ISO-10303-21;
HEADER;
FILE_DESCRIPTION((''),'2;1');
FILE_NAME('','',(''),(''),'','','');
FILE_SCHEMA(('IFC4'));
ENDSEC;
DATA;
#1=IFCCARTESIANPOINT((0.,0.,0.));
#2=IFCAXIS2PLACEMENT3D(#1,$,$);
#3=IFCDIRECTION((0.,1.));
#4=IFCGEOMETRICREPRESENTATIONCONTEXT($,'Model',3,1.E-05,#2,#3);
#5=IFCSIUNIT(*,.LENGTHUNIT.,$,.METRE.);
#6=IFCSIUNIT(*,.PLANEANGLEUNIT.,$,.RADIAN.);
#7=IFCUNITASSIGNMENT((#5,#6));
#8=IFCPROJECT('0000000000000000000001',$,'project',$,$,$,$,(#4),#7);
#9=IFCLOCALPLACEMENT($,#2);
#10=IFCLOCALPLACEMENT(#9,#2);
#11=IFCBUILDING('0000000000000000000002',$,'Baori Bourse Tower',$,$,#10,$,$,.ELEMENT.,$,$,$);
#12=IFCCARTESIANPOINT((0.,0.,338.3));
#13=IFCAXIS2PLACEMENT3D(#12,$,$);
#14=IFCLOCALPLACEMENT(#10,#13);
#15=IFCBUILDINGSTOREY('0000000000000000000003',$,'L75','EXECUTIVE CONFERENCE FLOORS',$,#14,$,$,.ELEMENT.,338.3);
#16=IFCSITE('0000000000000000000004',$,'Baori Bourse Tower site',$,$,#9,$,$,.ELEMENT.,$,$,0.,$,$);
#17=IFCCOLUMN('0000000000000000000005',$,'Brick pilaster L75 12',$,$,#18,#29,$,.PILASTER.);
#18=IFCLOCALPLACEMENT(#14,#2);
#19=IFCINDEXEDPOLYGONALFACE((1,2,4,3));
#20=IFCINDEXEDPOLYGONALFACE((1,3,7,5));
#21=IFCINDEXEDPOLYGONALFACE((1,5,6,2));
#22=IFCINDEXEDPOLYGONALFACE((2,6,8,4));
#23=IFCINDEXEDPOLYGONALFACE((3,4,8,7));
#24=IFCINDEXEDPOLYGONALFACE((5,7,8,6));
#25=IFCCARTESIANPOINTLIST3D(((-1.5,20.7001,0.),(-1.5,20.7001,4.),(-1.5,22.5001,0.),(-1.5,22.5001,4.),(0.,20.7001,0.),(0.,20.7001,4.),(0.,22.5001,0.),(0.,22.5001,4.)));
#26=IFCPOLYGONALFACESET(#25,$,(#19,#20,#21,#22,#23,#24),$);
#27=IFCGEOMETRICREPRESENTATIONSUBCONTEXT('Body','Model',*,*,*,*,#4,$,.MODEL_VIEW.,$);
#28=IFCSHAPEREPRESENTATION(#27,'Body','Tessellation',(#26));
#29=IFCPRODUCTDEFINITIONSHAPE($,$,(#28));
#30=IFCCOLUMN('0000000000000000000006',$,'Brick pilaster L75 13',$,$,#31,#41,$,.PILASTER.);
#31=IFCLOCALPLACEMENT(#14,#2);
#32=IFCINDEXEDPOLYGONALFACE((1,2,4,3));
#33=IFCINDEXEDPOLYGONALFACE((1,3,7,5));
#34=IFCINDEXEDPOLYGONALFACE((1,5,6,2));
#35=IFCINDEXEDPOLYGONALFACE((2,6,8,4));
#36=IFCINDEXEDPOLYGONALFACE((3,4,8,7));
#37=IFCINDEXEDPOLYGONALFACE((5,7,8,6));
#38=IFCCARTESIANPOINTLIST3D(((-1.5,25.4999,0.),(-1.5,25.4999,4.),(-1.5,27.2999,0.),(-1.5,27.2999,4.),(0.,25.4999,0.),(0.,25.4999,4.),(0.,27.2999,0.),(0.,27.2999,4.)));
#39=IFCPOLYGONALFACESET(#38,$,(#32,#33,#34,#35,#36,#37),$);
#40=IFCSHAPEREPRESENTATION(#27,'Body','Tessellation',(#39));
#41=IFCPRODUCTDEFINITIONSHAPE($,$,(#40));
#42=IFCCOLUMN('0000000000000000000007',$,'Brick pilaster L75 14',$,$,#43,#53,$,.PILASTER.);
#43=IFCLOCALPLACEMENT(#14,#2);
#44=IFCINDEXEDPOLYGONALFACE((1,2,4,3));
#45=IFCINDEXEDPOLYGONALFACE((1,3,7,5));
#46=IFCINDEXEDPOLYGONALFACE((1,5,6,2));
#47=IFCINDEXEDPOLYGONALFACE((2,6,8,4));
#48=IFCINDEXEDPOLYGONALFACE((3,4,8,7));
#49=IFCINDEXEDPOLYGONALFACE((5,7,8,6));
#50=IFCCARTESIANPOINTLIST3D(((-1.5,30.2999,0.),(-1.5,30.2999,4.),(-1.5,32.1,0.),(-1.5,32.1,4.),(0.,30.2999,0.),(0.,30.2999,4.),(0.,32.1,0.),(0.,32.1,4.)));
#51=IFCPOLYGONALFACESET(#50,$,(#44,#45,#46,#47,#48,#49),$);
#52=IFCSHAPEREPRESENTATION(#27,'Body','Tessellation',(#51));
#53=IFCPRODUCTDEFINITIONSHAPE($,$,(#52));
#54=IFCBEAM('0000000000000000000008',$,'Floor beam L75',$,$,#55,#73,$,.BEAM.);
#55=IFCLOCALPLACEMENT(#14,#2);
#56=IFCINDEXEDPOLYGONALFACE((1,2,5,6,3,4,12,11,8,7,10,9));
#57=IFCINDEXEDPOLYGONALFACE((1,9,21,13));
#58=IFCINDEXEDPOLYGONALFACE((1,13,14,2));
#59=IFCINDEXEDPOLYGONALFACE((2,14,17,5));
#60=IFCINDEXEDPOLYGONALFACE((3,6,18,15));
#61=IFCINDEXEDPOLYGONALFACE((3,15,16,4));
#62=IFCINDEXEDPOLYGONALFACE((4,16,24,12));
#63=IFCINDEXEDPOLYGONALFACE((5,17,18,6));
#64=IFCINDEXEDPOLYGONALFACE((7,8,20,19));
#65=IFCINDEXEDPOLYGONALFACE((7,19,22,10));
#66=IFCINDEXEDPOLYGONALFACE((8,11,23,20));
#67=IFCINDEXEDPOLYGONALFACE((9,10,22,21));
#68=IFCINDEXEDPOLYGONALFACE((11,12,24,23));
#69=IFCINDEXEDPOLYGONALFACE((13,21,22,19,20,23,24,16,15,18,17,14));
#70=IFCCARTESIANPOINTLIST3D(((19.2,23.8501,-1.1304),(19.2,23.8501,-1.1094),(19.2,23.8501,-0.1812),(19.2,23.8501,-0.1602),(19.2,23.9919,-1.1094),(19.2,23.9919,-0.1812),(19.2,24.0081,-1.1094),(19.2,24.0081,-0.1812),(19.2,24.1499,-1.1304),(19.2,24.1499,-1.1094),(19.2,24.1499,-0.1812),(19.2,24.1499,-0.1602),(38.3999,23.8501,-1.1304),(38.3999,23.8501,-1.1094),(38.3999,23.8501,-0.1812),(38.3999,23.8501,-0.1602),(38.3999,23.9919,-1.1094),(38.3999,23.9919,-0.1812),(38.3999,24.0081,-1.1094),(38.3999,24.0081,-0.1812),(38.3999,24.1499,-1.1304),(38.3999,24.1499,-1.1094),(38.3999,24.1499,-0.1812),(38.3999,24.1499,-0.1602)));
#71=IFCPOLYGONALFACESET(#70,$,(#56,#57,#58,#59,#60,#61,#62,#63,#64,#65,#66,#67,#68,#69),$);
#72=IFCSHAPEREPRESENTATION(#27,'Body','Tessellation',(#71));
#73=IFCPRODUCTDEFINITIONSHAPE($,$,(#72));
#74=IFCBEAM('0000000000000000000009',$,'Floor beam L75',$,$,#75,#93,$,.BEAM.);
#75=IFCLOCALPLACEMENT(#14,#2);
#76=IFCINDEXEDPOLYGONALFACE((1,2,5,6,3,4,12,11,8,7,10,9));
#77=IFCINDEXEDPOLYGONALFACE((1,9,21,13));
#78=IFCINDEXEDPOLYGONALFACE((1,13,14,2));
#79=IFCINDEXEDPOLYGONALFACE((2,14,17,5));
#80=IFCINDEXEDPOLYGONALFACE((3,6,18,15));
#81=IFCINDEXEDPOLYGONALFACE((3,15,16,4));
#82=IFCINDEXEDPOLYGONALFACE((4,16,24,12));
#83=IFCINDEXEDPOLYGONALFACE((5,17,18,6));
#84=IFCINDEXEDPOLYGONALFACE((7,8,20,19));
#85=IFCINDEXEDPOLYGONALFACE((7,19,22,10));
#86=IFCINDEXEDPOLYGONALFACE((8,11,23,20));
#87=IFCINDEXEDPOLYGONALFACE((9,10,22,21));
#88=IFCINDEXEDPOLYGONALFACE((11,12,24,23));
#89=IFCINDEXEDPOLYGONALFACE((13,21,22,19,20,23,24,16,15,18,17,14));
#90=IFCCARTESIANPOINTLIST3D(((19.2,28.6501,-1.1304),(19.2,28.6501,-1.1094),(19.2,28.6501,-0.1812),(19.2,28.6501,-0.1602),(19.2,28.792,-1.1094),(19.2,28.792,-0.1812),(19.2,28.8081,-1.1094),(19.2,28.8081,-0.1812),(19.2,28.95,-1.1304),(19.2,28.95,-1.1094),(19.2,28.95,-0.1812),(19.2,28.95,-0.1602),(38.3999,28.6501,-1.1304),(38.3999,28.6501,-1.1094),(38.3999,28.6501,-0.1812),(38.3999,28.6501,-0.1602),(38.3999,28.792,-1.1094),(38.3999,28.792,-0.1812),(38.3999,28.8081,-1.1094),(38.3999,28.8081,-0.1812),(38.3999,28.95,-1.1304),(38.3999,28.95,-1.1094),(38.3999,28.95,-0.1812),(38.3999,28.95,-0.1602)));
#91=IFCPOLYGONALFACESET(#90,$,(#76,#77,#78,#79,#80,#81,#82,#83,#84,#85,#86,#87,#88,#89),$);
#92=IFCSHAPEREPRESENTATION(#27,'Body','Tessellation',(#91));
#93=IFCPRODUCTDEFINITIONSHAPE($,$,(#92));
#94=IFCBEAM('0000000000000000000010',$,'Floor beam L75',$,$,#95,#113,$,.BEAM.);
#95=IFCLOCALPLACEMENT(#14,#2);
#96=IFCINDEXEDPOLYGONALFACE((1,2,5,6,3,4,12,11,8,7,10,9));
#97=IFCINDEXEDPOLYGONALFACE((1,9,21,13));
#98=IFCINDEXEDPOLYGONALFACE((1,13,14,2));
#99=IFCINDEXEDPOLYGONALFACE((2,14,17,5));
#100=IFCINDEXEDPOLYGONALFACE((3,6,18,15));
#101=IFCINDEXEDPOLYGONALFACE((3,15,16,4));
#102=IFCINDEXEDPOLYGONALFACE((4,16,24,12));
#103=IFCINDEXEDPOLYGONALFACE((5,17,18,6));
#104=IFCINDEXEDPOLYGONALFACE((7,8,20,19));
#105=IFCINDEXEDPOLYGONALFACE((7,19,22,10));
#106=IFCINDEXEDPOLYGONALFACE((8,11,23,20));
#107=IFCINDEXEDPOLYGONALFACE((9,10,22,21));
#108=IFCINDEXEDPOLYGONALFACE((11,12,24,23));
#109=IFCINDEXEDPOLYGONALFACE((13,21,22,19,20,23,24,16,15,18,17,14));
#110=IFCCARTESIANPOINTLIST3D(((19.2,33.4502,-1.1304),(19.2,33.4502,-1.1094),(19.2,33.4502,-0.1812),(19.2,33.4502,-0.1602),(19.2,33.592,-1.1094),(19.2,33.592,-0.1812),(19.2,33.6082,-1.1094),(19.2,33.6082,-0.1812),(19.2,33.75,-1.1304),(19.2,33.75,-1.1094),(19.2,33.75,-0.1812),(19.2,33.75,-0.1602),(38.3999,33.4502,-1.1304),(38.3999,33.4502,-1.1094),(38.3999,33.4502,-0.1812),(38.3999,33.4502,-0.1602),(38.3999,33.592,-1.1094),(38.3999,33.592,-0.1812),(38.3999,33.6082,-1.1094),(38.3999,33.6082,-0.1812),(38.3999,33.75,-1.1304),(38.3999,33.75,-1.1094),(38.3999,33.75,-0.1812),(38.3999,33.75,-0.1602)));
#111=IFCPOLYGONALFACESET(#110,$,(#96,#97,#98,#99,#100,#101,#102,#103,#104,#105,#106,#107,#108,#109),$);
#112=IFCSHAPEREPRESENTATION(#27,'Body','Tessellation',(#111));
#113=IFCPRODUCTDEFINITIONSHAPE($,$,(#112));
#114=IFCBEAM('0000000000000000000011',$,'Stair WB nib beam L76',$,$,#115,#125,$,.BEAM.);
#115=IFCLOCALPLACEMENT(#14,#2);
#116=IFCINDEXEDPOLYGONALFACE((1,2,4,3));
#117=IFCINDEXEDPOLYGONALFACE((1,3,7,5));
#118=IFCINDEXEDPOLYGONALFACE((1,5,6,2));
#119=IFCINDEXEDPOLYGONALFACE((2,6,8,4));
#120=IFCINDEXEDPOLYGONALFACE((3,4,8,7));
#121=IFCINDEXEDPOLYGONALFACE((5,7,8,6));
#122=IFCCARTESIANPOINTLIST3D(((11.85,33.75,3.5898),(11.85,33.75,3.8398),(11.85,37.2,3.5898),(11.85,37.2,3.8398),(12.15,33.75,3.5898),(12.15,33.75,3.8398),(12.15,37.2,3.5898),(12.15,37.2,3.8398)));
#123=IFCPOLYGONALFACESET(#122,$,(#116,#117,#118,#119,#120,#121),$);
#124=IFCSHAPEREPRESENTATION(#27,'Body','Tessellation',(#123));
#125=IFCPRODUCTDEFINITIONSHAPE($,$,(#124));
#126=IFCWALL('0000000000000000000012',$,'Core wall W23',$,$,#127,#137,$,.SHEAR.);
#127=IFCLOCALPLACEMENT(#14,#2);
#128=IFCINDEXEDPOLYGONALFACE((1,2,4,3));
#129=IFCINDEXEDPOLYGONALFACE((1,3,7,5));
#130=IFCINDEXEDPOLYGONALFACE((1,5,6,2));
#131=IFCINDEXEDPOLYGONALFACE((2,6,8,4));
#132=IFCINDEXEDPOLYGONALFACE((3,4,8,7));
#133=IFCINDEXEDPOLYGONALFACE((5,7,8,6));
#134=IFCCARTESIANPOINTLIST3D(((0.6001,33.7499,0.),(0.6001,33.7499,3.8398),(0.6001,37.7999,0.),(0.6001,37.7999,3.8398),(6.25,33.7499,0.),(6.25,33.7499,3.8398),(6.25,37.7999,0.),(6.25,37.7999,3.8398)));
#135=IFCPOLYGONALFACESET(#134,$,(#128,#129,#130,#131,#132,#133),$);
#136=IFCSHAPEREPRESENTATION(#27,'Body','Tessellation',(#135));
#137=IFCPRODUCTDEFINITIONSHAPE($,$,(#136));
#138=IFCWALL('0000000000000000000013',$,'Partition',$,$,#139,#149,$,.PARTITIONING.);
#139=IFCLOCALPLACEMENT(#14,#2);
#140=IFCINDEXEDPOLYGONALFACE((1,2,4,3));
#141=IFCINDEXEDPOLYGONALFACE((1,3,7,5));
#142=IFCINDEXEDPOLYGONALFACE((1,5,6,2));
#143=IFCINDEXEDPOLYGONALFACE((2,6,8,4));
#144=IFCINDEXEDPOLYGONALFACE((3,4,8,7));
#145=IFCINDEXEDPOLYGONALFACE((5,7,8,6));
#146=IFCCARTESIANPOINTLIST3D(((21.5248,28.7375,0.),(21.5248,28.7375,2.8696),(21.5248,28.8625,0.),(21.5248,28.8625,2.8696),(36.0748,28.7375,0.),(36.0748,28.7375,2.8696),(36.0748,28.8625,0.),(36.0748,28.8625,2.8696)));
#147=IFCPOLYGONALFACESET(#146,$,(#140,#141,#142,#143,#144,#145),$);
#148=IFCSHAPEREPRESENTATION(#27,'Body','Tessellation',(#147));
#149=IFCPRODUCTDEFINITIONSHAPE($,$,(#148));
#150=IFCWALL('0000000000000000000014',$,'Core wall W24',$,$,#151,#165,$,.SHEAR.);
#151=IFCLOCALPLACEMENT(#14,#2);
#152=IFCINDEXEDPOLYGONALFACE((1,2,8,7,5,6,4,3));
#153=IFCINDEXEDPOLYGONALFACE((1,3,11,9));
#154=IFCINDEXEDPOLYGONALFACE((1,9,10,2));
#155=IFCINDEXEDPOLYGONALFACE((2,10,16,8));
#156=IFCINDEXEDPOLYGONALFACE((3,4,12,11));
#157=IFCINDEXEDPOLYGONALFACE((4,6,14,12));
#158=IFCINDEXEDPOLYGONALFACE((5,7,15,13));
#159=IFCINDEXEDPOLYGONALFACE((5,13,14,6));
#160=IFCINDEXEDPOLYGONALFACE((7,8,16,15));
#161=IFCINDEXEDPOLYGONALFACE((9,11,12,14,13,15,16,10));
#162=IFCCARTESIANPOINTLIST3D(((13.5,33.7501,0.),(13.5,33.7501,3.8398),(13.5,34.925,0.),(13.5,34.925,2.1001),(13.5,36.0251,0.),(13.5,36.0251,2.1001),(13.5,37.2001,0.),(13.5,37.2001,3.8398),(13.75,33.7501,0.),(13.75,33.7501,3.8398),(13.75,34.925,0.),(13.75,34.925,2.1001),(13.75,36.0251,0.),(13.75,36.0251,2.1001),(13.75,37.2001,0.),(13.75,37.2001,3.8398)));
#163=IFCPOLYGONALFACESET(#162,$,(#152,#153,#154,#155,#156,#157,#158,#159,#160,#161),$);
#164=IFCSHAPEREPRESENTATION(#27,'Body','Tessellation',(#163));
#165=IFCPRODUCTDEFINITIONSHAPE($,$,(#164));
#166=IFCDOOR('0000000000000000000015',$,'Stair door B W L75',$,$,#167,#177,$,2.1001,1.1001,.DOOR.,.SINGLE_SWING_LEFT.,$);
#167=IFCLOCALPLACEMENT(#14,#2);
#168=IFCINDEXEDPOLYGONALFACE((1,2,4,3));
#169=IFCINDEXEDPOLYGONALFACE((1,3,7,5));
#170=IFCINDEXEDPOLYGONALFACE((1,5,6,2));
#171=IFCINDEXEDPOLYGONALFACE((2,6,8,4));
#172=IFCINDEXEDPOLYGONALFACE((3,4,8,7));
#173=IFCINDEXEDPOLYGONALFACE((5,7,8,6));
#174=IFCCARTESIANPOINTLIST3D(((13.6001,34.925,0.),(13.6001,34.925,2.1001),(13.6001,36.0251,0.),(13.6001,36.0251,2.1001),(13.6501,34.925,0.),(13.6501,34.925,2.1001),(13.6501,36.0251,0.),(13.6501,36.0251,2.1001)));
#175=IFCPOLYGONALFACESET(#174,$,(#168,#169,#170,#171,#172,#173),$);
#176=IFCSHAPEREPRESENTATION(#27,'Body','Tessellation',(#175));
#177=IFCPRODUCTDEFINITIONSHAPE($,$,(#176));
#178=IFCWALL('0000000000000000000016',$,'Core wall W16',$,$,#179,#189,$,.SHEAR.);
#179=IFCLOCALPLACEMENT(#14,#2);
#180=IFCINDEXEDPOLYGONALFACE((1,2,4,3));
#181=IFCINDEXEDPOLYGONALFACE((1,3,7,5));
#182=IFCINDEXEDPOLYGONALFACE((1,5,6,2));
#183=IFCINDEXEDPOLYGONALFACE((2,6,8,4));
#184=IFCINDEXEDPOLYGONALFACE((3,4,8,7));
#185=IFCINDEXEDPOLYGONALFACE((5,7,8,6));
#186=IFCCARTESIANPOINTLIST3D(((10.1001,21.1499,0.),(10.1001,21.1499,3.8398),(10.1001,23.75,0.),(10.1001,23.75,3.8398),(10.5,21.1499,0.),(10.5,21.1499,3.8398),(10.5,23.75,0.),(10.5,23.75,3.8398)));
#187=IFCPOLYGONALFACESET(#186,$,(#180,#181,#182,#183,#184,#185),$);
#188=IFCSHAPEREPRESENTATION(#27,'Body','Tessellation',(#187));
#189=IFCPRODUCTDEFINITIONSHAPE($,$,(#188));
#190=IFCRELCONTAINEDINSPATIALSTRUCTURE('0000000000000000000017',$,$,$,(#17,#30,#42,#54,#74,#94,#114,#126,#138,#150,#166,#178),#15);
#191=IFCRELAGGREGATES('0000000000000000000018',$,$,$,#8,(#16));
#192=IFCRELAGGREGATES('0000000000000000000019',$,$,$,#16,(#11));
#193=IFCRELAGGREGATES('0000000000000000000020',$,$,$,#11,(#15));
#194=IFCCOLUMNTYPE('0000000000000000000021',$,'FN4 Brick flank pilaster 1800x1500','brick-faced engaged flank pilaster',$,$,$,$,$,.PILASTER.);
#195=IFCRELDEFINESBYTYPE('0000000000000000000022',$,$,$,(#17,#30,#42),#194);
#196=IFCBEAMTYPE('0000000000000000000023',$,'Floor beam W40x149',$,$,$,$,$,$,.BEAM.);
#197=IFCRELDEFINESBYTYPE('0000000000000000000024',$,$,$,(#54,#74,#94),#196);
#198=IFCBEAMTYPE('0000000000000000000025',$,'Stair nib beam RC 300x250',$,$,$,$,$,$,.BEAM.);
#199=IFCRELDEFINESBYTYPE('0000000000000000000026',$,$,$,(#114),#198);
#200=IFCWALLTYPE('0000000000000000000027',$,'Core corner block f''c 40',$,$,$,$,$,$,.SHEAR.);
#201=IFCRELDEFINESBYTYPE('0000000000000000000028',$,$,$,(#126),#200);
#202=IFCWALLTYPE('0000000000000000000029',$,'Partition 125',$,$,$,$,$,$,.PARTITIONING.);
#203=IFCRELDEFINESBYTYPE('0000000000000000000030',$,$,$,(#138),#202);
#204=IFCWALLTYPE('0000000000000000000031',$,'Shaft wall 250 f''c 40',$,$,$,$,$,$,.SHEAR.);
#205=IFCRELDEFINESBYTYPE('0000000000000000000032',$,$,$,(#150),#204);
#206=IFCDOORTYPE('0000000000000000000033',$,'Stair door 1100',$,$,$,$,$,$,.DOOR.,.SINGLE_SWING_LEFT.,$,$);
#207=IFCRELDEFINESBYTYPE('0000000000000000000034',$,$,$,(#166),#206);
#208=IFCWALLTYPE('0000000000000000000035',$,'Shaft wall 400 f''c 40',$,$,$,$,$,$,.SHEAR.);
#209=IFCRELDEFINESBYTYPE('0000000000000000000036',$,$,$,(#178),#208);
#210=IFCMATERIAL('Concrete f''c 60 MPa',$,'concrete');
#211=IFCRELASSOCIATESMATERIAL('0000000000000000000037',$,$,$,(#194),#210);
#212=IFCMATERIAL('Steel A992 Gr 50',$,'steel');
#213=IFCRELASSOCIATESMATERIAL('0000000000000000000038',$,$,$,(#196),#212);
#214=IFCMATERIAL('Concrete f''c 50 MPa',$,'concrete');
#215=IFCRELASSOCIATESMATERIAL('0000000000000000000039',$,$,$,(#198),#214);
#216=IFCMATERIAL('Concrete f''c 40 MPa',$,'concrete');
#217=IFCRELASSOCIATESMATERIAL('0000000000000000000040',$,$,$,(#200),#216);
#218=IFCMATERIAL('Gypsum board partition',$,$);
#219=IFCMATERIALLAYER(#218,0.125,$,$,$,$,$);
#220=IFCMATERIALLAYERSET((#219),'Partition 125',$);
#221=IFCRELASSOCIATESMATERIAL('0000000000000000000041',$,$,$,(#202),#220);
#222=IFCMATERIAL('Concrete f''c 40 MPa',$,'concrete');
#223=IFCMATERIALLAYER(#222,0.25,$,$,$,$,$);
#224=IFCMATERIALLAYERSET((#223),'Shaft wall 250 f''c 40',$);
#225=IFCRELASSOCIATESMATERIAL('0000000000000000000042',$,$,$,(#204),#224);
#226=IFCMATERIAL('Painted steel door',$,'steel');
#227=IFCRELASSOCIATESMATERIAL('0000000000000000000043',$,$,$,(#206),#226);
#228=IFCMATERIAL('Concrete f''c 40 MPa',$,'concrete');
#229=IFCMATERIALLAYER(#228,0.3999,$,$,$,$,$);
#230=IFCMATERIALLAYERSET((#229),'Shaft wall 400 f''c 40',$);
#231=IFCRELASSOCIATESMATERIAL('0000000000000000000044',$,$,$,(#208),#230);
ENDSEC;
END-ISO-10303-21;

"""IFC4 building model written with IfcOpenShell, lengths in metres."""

from ifc_helpers import new_model, si_unit, direction, frame, frame_2d, origin, origin_2d, place, context, subcontext, project, spatial, rectangle, i_section, extrude, material, layer, layer_set, material_profile, profile_set, type_object, element, fill, save


model = new_model("IFC4")

# Units and contexts
model_context = context("Model", 3, precision=1e-05, world=origin(), true_north=direction((0.0, 1.0)))
body_context = subcontext(model_context, "Body", "Model", "MODEL_VIEW")
ifc_project = project(units=[si_unit("LENGTHUNIT", "METRE"), si_unit("PLANEANGLEUNIT", "RADIAN")], contexts=[model_context])

# Site, building, storey
site_placement = place(None, origin())
site = spatial("IfcSite", under=ifc_project, at=site_placement, Name="Baori Bourse Tower site", CompositionType="ELEMENT", RefElevation=0.0)
building_placement = place(site_placement, origin())
building = spatial("IfcBuilding", under=site, at=building_placement, Name="Baori Bourse Tower", CompositionType="ELEMENT")
storey_placement = place(building_placement, frame((0.0, 0.0, 338.3)))
storey = spatial("IfcBuildingStorey", under=building, at=storey_placement, Name="L75", Description="EXECUTIVE CONFERENCE FLOORS", CompositionType="ELEMENT", Elevation=338.3)

# Columns
ifc_material_1 = material(Name="Concrete f'c 60 MPa", Category="concrete")
ifc_material_profile_1 = material_profile(ifc_material_1, rectangle(XDim=1.8, YDim=1.5, at=origin_2d()), Name="RC 1800x1500")
ifc_profile_set_1 = profile_set([ifc_material_profile_1], Name="Concrete f'c 60 MPa")
column_type = type_object("IfcColumnType", Name="FN4 Brick flank pilaster 1800x1500", Description="brick-faced engaged flank pilaster", PredefinedType="PILASTER", material=ifc_profile_set_1)
for number, where, z_axis, x_axis, name in (
    (1, (-0.75, 21.6001, 0.0), (0.0, 0.0, 1.0), (0.0, 1.0, 0.0), "Brick pilaster L75 12"),
    (2, (-0.75, 26.3999, 0.0), (0.0, 0.0, 1.0), (0.0, 1.0, 0.0), "Brick pilaster L75 13"),
    (3, (-0.75, 31.2, 0.0), (0.0, 0.0, 1.0), (0.0, 1.0, 0.0), "Brick pilaster L75 14"),
):
    element("IfcColumn", number, at=place(storey_placement, frame(where, z_axis=z_axis, x_axis=x_axis)), inside=storey, type_object=column_type, Name=name, PredefinedType="PILASTER", context=body_context, shape_type="SweptSolid", body=[
        extrude(rectangle(XDim=1.8, YDim=1.5, at=origin_2d()), origin(), (0.0, 0.0, 1.0), 4.0),
    ])

# Beams
ifc_material_2 = material(Name="Steel A992 Gr 50", Category="steel")
ifc_material_profile_2 = material_profile(ifc_material_2, i_section(OverallWidth=0.2998, OverallDepth=0.9702, WebThickness=0.0161, FlangeThickness=0.021, at=origin_2d()), Name="W40x149")
ifc_profile_set_2 = profile_set([ifc_material_profile_2], Name="Steel A992 Gr 50")
beam_type_1 = type_object("IfcBeamType", Name="Floor beam W40x149", PredefinedType="BEAM", material=ifc_profile_set_2)
for number, where, z_axis, x_axis, name in (
    (4, (19.2, 24.0, -0.6453), (1.0, 0.0, 0.0), (0.0, 1.0, 0.0), "Floor beam L75"),
    (5, (19.2, 28.8, -0.6453), (1.0, 0.0, 0.0), (0.0, 1.0, 0.0), "Floor beam L75"),
    (6, (19.2, 33.6001, -0.6453), (1.0, 0.0, 0.0), (0.0, 1.0, 0.0), "Floor beam L75"),
):
    element("IfcBeam", number, at=place(storey_placement, frame(where, z_axis=z_axis, x_axis=x_axis)), inside=storey, type_object=beam_type_1, Name=name, PredefinedType="BEAM", context=body_context, shape_type="SweptSolid", body=[
        extrude(i_section(OverallWidth=0.2998, OverallDepth=0.9702, WebThickness=0.0161, FlangeThickness=0.021, at=origin_2d()), origin(), (0.0, 0.0, 1.0), 19.2),
    ])
ifc_material_3 = material(Name="Concrete f'c 50 MPa", Category="concrete")
ifc_material_profile_3 = material_profile(ifc_material_3, rectangle(XDim=0.3, YDim=0.25, at=origin_2d()), Name="RC 300x250")
ifc_profile_set_3 = profile_set([ifc_material_profile_3], Name="Concrete f'c 50 MPa")
beam_type_2 = type_object("IfcBeamType", Name="Stair nib beam RC 300x250", PredefinedType="BEAM", material=ifc_profile_set_3)
beam_placement = place(storey_placement, frame((12.0, 33.75, 3.7148), z_axis=(0.0, 1.0, 0.0), x_axis=(-1.0, 0.0, 0.0)))
element("IfcBeam", 7, at=beam_placement, inside=storey, type_object=beam_type_2, Name="Stair WB nib beam L76", PredefinedType="BEAM", context=body_context, shape_type="SweptSolid", body=[
    extrude(rectangle(XDim=0.3, YDim=0.25, at=origin_2d()), origin(), (0.0, 0.0, 1.0), 3.45),
])

# Walls
ifc_material_4 = material(Name="Concrete f'c 40 MPa", Category="concrete")
wall_type_1 = type_object("IfcWallType", Name="Core corner block f'c 40", PredefinedType="SHEAR", material=ifc_material_4)
wall_1_placement = place(storey_placement, frame((0.6001, 35.7749, 0.0), z_axis=(0.0, 0.0, 1.0), x_axis=(1.0, 0.0, 0.0)))
element("IfcWall", 8, at=wall_1_placement, inside=storey, type_object=wall_type_1, Name="Core wall W23", PredefinedType="SHEAR", context=body_context, shape_type="SweptSolid", body=[
    extrude(rectangle(XDim=5.6499, YDim=4.05, at=frame_2d((2.825, 0.0))), origin(), (0.0, 0.0, 1.0), 3.8398),
])
ifc_material_5 = material(Name="Gypsum board partition")
ifc_layer_1 = layer(ifc_material_5, 0.125)
ifc_layer_set_1 = layer_set([ifc_layer_1], Name="Partition 125")
wall_type_2 = type_object("IfcWallType", Name="Partition 125", PredefinedType="PARTITIONING", material=ifc_layer_set_1)
wall_2_placement = place(storey_placement, frame((21.5249, 28.8, 0.0), z_axis=(0.0, 0.0, 1.0), x_axis=(1.0, 0.0, 0.0)))
element("IfcWall", 9, at=wall_2_placement, inside=storey, type_object=wall_type_2, Name="Partition", PredefinedType="PARTITIONING", context=body_context, shape_type="SweptSolid", body=[
    extrude(rectangle(XDim=14.55, YDim=0.125, at=frame_2d((7.2749, 0.0))), origin(), (0.0, 0.0, 1.0), 2.8696),
])

# Wall, opening, door
ifc_material_6 = material(Name="Concrete f'c 40 MPa", Category="concrete")
ifc_layer_2 = layer(ifc_material_6, 0.25)
ifc_layer_set_2 = layer_set([ifc_layer_2], Name="Shaft wall 250 f'c 40")
wall_type_3 = type_object("IfcWallType", Name="Shaft wall 250 f'c 40", PredefinedType="SHEAR", material=ifc_layer_set_2)
wall_3_placement = place(storey_placement, frame((13.625, 33.75, 0.0), z_axis=(0.0, 0.0, 1.0), x_axis=(0.0, 1.0, 0.0)))
wall_3 = element("IfcWall", 10, at=wall_3_placement, inside=storey, type_object=wall_type_3, Name="Core wall W24", PredefinedType="SHEAR", context=body_context, shape_type="SweptSolid", body=[
    extrude(rectangle(XDim=3.45, YDim=0.25, at=frame_2d((1.7251, 0.0))), origin(), (0.0, 0.0, 1.0), 3.8398),
])
opening_1_placement = place(wall_3_placement, frame((1.175, 0.0, 0.0)))
opening_1 = element("IfcOpeningElement", 11, at=opening_1_placement, cuts=wall_3, PredefinedType="OPENING", context=body_context, shape_type="SweptSolid", body=[
    extrude(rectangle(XDim=1.1001, YDim=2.1001, at=frame_2d((0.55, 1.05))), frame((0.0, 0.135, 0.0), z_axis=(0.0, -1.0, 0.0), x_axis=(1.0, 0.0, 0.0)), (0.0, 0.0, 1.0), 0.27),
])
ifc_material_7 = material(Name="Painted steel door", Category="steel")
door_type_1 = type_object("IfcDoorType", Name="Stair door 1100", OperationType="SINGLE_SWING_LEFT", PredefinedType="DOOR", material=ifc_material_7)
door_1_placement = place(opening_1_placement, origin())
door_1 = element("IfcDoor", 12, at=door_1_placement, inside=storey, type_object=door_type_1, Name="Stair door B W L75", OperationType="SINGLE_SWING_LEFT", OverallHeight=2.1001, OverallWidth=1.1001, PredefinedType="DOOR", context=body_context, shape_type="SweptSolid", body=[
    extrude(rectangle(XDim=1.1001, YDim=2.1001, at=frame_2d((0.55, 1.05))), frame((0.0, 0.0249, 0.0), z_axis=(0.0, -1.0, 0.0), x_axis=(1.0, 0.0, 0.0)), (0.0, 0.0, 1.0), 0.05),
])
fill(opening_1, door_1)

# Wall
ifc_material_8 = material(Name="Concrete f'c 40 MPa", Category="concrete")
ifc_layer_3 = layer(ifc_material_8, 0.3999)
ifc_layer_set_3 = layer_set([ifc_layer_3], Name="Shaft wall 400 f'c 40")
wall_type_4 = type_object("IfcWallType", Name="Shaft wall 400 f'c 40", PredefinedType="SHEAR", material=ifc_layer_set_3)
wall_4_placement = place(storey_placement, frame((10.3, 21.1499, 0.0), z_axis=(0.0, 0.0, 1.0), x_axis=(0.0, 1.0, 0.0)))
element("IfcWall", 13, at=wall_4_placement, inside=storey, type_object=wall_type_4, Name="Core wall W16", PredefinedType="SHEAR", context=body_context, shape_type="SweptSolid", body=[
    extrude(rectangle(XDim=2.6001, YDim=0.3999, at=frame_2d((1.3, 0.0))), origin(), (0.0, 0.0, 1.0), 3.8398),
])

save(model, "model.ifc")
